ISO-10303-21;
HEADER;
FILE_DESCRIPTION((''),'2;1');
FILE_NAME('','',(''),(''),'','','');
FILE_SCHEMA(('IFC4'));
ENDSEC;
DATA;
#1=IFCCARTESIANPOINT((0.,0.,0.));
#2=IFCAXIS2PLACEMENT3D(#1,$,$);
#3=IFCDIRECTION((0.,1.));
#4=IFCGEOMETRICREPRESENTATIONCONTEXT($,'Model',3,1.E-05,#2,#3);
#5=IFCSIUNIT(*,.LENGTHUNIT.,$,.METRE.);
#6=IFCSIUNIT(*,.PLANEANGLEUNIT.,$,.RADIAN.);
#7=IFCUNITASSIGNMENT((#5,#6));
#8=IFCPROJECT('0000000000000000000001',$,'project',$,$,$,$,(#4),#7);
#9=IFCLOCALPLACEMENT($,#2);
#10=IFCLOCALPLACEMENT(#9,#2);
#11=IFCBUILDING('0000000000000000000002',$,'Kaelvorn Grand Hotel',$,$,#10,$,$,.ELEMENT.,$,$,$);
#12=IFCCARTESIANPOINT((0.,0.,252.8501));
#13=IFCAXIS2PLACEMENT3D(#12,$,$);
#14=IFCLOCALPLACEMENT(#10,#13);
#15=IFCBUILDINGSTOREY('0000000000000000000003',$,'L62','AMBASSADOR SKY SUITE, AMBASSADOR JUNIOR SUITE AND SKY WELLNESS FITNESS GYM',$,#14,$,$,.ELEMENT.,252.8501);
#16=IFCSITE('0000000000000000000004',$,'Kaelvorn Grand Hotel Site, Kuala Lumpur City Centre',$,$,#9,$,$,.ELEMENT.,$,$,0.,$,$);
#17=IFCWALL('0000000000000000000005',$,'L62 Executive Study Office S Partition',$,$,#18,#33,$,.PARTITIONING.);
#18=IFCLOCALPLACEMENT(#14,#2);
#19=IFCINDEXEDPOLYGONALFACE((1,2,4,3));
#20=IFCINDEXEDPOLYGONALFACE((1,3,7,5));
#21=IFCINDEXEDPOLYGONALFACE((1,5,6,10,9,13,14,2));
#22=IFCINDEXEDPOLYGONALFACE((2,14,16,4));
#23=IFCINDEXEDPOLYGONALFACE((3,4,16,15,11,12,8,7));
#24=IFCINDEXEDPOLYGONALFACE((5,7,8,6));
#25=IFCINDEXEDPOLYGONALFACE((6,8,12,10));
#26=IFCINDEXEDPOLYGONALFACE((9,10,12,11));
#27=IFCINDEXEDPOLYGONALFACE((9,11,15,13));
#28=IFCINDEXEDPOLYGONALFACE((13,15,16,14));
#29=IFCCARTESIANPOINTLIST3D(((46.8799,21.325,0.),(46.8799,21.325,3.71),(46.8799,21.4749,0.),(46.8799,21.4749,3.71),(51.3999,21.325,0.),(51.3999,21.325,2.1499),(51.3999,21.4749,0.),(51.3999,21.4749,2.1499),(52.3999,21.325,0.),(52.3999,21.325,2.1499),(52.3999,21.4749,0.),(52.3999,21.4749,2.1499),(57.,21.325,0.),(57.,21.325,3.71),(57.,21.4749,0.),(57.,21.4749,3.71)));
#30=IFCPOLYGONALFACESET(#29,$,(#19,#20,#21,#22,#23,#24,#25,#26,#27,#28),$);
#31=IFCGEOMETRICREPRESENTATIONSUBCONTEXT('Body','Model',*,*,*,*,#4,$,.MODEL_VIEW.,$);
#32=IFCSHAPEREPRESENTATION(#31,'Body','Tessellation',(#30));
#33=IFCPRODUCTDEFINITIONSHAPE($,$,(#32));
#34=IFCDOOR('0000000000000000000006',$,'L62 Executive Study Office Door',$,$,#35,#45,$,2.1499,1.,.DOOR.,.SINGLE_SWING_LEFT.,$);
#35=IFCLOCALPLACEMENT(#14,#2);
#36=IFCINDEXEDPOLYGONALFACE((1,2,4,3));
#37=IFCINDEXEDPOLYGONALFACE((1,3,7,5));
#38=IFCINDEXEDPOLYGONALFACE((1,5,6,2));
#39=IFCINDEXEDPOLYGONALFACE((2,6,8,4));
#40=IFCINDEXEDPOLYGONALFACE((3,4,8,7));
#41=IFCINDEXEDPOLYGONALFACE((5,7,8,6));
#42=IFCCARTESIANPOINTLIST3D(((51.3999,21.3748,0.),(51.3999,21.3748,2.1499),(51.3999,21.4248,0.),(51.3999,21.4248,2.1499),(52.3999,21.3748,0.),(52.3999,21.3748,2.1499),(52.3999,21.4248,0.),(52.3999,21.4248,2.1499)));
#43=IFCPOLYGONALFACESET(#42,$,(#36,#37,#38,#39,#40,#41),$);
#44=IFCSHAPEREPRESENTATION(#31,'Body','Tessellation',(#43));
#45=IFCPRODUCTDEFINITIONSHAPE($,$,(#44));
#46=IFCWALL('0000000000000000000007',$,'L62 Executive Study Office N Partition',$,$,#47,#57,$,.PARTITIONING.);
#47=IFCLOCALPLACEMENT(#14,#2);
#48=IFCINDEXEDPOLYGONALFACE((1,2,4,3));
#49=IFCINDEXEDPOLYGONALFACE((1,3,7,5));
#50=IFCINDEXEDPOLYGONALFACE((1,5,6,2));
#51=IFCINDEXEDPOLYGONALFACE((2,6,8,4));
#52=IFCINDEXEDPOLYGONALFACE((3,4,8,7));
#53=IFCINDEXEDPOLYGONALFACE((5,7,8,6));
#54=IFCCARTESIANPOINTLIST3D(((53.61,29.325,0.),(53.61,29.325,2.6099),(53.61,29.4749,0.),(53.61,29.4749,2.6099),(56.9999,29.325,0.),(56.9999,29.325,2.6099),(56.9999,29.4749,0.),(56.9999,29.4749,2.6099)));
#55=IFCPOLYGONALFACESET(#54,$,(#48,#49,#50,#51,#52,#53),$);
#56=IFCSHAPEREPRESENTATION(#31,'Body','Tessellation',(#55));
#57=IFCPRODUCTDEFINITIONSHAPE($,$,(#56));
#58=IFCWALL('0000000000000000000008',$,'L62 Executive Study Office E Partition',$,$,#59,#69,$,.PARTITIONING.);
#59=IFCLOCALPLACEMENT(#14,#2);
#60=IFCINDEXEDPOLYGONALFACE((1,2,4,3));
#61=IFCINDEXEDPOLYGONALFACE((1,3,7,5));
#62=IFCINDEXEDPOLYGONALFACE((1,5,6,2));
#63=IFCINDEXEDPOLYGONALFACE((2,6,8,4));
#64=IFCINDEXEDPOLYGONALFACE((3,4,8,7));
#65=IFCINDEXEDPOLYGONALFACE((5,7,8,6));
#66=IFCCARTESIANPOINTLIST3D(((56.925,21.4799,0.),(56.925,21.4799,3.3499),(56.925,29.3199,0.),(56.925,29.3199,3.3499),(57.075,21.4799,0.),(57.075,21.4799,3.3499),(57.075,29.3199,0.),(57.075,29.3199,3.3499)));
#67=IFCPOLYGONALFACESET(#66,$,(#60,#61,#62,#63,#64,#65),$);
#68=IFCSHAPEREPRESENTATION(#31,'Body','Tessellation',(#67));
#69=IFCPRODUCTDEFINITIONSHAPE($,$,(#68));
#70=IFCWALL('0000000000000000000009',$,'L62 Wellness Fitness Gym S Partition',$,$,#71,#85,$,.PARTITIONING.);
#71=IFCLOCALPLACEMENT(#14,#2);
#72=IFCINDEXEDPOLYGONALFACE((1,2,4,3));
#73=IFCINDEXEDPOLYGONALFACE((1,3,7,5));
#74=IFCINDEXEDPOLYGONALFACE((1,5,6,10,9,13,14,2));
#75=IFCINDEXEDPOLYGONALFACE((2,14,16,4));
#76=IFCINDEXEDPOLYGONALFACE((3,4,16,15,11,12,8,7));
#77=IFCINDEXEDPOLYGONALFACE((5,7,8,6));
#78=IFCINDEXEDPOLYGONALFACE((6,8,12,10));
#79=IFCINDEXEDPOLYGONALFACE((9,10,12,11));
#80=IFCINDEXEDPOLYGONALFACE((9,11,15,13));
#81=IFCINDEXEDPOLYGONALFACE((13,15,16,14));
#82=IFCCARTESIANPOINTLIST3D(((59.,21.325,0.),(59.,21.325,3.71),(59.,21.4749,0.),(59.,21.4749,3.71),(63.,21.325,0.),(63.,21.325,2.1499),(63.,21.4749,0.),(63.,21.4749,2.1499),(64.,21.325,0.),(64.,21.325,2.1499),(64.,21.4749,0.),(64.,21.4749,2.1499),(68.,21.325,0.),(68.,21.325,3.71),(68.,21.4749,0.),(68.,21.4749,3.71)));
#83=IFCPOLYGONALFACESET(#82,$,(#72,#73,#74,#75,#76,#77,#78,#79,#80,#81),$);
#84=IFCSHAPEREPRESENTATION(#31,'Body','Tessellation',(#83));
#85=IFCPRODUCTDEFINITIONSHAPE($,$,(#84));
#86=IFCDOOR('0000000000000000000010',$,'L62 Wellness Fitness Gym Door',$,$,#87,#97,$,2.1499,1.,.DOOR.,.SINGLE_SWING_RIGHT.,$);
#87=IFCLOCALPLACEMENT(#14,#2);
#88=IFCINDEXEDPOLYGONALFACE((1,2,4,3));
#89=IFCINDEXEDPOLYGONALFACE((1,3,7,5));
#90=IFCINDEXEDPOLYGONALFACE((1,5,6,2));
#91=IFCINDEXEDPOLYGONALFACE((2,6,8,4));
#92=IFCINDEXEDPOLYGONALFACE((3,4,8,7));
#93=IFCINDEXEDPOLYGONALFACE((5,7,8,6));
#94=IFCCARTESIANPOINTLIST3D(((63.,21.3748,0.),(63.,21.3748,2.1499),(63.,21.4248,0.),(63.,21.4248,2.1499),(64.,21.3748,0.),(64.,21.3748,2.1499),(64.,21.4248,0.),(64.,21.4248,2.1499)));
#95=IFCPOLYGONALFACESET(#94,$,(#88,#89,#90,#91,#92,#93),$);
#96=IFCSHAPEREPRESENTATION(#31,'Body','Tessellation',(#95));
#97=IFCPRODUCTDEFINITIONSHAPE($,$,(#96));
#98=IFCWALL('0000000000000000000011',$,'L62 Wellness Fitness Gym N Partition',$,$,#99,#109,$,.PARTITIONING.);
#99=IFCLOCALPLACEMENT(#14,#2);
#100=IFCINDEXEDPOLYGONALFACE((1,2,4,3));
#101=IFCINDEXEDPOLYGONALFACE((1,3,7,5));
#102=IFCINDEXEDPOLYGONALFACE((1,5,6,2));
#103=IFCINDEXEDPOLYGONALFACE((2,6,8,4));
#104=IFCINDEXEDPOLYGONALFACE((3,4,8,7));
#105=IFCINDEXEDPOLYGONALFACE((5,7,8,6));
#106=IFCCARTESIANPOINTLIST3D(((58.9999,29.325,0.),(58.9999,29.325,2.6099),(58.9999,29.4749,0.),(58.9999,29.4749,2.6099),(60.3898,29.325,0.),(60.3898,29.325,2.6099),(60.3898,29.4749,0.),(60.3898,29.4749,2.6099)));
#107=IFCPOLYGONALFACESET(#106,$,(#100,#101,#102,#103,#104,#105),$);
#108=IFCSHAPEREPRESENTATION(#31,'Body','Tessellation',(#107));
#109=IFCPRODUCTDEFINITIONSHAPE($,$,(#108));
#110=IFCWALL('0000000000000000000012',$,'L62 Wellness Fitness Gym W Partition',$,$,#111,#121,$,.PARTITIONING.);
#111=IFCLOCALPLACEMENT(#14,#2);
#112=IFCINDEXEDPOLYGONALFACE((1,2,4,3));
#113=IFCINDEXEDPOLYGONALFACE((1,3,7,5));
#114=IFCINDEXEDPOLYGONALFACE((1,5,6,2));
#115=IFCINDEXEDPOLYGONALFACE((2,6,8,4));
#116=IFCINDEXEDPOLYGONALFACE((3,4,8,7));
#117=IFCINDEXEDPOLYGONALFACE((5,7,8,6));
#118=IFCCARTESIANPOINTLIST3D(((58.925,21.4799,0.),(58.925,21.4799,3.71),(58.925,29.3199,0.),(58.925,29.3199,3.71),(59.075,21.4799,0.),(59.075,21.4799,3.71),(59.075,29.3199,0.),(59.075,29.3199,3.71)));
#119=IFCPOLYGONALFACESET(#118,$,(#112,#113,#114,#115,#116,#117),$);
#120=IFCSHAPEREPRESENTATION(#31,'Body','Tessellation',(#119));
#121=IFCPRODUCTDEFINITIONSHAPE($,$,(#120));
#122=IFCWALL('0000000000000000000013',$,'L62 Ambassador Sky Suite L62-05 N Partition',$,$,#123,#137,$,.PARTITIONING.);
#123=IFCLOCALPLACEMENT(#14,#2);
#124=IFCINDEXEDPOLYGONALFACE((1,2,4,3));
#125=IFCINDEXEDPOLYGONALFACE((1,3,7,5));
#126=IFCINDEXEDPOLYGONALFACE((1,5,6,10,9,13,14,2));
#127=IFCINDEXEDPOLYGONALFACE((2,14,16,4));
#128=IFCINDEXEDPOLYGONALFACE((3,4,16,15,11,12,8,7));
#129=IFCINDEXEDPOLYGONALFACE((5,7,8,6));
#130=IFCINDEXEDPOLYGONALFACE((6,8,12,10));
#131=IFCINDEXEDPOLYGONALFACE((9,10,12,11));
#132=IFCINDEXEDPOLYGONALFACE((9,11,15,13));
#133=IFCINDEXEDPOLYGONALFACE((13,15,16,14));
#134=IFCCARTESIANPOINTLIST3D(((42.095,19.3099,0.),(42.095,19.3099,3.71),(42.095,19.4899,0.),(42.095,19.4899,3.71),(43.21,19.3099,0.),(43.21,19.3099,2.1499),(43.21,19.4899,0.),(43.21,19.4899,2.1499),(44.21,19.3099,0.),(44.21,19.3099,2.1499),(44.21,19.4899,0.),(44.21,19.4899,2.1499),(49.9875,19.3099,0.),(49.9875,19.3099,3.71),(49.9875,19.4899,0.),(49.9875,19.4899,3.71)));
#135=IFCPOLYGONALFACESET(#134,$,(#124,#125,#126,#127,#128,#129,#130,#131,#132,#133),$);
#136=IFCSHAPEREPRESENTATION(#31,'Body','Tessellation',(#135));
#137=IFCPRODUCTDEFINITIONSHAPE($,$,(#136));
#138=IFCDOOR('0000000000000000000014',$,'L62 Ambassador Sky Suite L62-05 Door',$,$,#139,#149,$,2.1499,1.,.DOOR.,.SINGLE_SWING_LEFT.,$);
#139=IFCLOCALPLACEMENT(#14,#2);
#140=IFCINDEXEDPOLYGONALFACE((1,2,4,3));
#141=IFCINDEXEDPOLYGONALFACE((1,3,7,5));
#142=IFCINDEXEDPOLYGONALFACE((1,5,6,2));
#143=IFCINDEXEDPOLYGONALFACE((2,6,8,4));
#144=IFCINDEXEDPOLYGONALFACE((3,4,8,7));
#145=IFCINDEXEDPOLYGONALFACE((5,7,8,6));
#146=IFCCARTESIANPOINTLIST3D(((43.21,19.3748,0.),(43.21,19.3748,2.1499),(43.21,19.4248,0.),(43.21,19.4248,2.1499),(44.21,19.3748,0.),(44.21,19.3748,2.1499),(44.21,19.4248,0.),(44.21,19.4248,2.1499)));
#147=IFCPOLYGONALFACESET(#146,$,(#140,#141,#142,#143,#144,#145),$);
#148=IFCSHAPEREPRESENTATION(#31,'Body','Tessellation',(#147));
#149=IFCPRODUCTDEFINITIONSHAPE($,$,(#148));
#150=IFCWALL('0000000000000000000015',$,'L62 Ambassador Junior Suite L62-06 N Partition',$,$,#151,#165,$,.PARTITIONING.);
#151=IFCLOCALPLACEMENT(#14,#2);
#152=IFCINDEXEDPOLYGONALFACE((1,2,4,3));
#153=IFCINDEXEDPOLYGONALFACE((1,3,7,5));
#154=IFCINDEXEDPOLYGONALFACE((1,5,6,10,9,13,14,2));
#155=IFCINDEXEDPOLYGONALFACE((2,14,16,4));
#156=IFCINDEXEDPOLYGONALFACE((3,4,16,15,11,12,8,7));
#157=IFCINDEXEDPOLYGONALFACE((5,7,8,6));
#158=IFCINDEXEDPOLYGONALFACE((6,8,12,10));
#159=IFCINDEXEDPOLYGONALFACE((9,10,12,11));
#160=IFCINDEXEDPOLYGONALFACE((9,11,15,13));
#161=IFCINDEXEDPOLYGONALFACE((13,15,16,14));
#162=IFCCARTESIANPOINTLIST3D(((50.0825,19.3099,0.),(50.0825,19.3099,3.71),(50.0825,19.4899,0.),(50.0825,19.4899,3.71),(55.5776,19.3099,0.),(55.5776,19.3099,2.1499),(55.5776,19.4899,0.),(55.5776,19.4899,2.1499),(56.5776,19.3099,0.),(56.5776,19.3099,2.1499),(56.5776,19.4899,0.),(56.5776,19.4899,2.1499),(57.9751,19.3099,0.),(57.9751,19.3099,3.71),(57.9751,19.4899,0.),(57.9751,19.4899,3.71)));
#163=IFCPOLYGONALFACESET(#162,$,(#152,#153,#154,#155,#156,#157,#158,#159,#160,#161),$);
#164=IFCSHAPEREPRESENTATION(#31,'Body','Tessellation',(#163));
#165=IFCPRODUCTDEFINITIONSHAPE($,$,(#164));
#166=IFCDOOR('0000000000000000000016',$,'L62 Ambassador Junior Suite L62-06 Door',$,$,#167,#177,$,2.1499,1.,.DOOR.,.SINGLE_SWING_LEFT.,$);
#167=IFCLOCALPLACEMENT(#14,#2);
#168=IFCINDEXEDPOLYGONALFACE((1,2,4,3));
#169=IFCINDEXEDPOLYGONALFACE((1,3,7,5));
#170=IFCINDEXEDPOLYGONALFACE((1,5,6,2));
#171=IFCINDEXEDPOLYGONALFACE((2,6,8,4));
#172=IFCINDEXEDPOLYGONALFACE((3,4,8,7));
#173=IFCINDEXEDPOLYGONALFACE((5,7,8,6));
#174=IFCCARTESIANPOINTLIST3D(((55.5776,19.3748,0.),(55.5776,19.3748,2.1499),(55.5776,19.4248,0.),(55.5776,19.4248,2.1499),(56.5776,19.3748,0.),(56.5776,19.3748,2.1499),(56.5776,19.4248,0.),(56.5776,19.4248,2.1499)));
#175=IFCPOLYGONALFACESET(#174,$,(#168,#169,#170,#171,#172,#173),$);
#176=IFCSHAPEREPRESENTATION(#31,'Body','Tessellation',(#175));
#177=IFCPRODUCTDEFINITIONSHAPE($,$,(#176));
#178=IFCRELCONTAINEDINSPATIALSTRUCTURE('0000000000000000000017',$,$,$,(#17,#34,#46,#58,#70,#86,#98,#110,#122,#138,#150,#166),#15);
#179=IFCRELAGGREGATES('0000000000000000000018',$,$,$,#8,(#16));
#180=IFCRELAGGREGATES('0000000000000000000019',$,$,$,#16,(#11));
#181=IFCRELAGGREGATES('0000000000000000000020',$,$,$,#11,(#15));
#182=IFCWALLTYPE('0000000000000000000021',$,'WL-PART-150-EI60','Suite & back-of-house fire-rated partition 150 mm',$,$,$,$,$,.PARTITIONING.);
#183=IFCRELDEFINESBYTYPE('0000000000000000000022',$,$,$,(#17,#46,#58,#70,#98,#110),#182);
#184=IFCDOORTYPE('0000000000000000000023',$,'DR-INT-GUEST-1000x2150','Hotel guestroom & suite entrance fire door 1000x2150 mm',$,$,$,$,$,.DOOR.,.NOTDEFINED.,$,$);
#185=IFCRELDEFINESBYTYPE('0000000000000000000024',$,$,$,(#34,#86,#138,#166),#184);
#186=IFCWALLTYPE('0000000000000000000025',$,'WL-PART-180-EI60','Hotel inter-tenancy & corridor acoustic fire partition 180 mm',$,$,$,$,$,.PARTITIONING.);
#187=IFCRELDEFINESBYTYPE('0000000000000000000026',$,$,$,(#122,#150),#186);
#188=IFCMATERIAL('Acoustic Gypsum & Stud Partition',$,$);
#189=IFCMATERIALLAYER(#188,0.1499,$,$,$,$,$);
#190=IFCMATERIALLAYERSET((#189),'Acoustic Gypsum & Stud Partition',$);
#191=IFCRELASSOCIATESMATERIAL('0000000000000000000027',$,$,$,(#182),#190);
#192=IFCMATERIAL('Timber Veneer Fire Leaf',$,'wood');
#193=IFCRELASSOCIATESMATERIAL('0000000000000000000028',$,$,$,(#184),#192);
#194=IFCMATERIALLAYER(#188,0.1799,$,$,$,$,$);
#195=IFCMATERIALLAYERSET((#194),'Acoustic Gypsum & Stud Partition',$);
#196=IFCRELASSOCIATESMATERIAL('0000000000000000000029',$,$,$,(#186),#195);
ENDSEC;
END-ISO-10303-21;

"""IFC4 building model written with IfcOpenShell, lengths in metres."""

from ifc_helpers import new_model, si_unit, direction, frame, frame_2d, origin, place, context, subcontext, project, spatial, rectangle, extrude, material, layer, layer_set, type_object, element, fill, save


model = new_model("IFC4")

# Units and contexts
model_context = context("Model", 3, precision=1e-05, world=origin(), true_north=direction((0.0, 1.0)))
body_context = subcontext(model_context, "Body", "Model", "MODEL_VIEW")
ifc_project = project(units=[si_unit("LENGTHUNIT", "METRE"), si_unit("PLANEANGLEUNIT", "RADIAN")], contexts=[model_context])

# Site, building, storey
site_placement = place(None, origin())
site = spatial("IfcSite", under=ifc_project, at=site_placement, Name="Kaelvorn Grand Hotel Site, Kuala Lumpur City Centre", CompositionType="ELEMENT", RefElevation=0.0)
building_placement = place(site_placement, origin())
building = spatial("IfcBuilding", under=site, at=building_placement, Name="Kaelvorn Grand Hotel", CompositionType="ELEMENT")
storey_placement = place(building_placement, frame((0.0, 0.0, 252.8501)))
storey = spatial("IfcBuildingStorey", under=building, at=storey_placement, Name="L62", Description="AMBASSADOR SKY SUITE, AMBASSADOR JUNIOR SUITE AND SKY WELLNESS FITNESS GYM", CompositionType="ELEMENT", Elevation=252.8501)

# Shared definitions
ifc_material_1 = material(Name="Acoustic Gypsum & Stud Partition")
ifc_layer_1 = layer(ifc_material_1, 0.1499)
ifc_layer_set_1 = layer_set([ifc_layer_1], Name="Acoustic Gypsum & Stud Partition")
wall_type_1 = type_object("IfcWallType", Name="WL-PART-150-EI60", Description="Suite & back-of-house fire-rated partition 150 mm", PredefinedType="PARTITIONING", material=ifc_layer_set_1)

# Wall, opening, door
wall_1_placement = place(storey_placement, frame((46.8799, 21.3999, 0.0), z_axis=(0.0, 0.0, 1.0), x_axis=(1.0, 0.0, 0.0)))
wall_1 = element("IfcWall", 1, at=wall_1_placement, inside=storey, type_object=wall_type_1, Name="L62 Executive Study Office S Partition", PredefinedType="PARTITIONING", context=body_context, shape_type="SweptSolid", body=[
    extrude(rectangle(XDim=10.1201, YDim=0.1499, at=frame_2d((5.0601, 0.0))), origin(), (0.0, 0.0, 1.0), 3.71),
])
opening_1_placement = place(wall_1_placement, frame((4.52, 0.0, 0.0)))
opening_1 = element("IfcOpeningElement", 2, at=opening_1_placement, cuts=wall_1, PredefinedType="OPENING", context=body_context, shape_type="SweptSolid", body=[
    extrude(rectangle(XDim=1.0, YDim=2.1499, at=frame_2d((0.5, 1.075))), frame((0.0, 0.085, 0.0), z_axis=(0.0, -1.0, 0.0), x_axis=(1.0, 0.0, 0.0)), (0.0, 0.0, 1.0), 0.1699),
])
ifc_material_2 = material(Name="Timber Veneer Fire Leaf", Category="wood")
door_type_1 = type_object("IfcDoorType", Name="DR-INT-GUEST-1000x2150", Description="Hotel guestroom & suite entrance fire door 1000x2150 mm", OperationType="NOTDEFINED", PredefinedType="DOOR", material=ifc_material_2)
door_1_placement = place(opening_1_placement, origin())
door_1 = element("IfcDoor", 3, at=door_1_placement, inside=storey, type_object=door_type_1, Name="L62 Executive Study Office Door", OperationType="SINGLE_SWING_LEFT", OverallHeight=2.1499, OverallWidth=1.0, PredefinedType="DOOR", context=body_context, shape_type="SweptSolid", body=[
    extrude(rectangle(XDim=1.0, YDim=2.1499, at=frame_2d((0.5, 1.075))), frame((0.0, 0.0249, 0.0), z_axis=(0.0, -1.0, 0.0), x_axis=(1.0, 0.0, 0.0)), (0.0, 0.0, 1.0), 0.05),
])
fill(opening_1, door_1)

# Walls
wall_2_placement = place(storey_placement, frame((53.6101, 29.3999, 0.0), z_axis=(0.0, 0.0, 1.0), x_axis=(1.0, 0.0, 0.0)))
element("IfcWall", 4, at=wall_2_placement, inside=storey, type_object=wall_type_1, Name="L62 Executive Study Office N Partition", PredefinedType="PARTITIONING", context=body_context, shape_type="SweptSolid", body=[
    extrude(rectangle(XDim=3.3899, YDim=0.1499, at=frame_2d((1.6948, 0.0))), origin(), (0.0, 0.0, 1.0), 2.6099),
])
wall_3_placement = place(storey_placement, frame((57.0, 21.48, 0.0), z_axis=(0.0, 0.0, 1.0), x_axis=(0.0, 1.0, 0.0)))
element("IfcWall", 5, at=wall_3_placement, inside=storey, type_object=wall_type_1, Name="L62 Executive Study Office E Partition", PredefinedType="PARTITIONING", context=body_context, shape_type="SweptSolid", body=[
    extrude(rectangle(XDim=7.8401, YDim=0.1499, at=frame_2d((3.9199, 0.0))), origin(), (0.0, 0.0, 1.0), 3.3499),
])

# Wall, opening, door
wall_4_placement = place(storey_placement, frame((59.0, 21.3999, 0.0), z_axis=(0.0, 0.0, 1.0), x_axis=(1.0, 0.0, 0.0)))
wall_4 = element("IfcWall", 6, at=wall_4_placement, inside=storey, type_object=wall_type_1, Name="L62 Wellness Fitness Gym S Partition", PredefinedType="PARTITIONING", context=body_context, shape_type="SweptSolid", body=[
    extrude(rectangle(XDim=9.0, YDim=0.1499, at=frame_2d((4.5, 0.0))), origin(), (0.0, 0.0, 1.0), 3.71),
])
opening_2_placement = place(wall_4_placement, frame((4.0, 0.0, 0.0)))
opening_2 = element("IfcOpeningElement", 7, at=opening_2_placement, cuts=wall_4, PredefinedType="OPENING", context=body_context, shape_type="SweptSolid", body=[
    extrude(rectangle(XDim=1.0, YDim=2.1499, at=frame_2d((0.5, 1.075))), frame((0.0, 0.085, 0.0), z_axis=(0.0, -1.0, 0.0), x_axis=(1.0, 0.0, 0.0)), (0.0, 0.0, 1.0), 0.1699),
])
door_2_placement = place(opening_2_placement, origin())
door_2 = element("IfcDoor", 8, at=door_2_placement, inside=storey, type_object=door_type_1, Name="L62 Wellness Fitness Gym Door", OperationType="SINGLE_SWING_RIGHT", OverallHeight=2.1499, OverallWidth=1.0, PredefinedType="DOOR", context=body_context, shape_type="SweptSolid", body=[
    extrude(rectangle(XDim=1.0, YDim=2.1499, at=frame_2d((0.5, 1.075))), frame((0.0, 0.0249, 0.0), z_axis=(0.0, -1.0, 0.0), x_axis=(1.0, 0.0, 0.0)), (0.0, 0.0, 1.0), 0.05),
])
fill(opening_2, door_2)

# Walls
wall_5_placement = place(storey_placement, frame((59.0, 29.3999, 0.0), z_axis=(0.0, 0.0, 1.0), x_axis=(1.0, 0.0, 0.0)))
element("IfcWall", 9, at=wall_5_placement, inside=storey, type_object=wall_type_1, Name="L62 Wellness Fitness Gym N Partition", PredefinedType="PARTITIONING", context=body_context, shape_type="SweptSolid", body=[
    extrude(rectangle(XDim=1.3899, YDim=0.1499, at=frame_2d((0.6948, 0.0))), origin(), (0.0, 0.0, 1.0), 2.6099),
])
wall_6_placement = place(storey_placement, frame((59.0, 21.48, 0.0), z_axis=(0.0, 0.0, 1.0), x_axis=(0.0, 1.0, 0.0)))
element("IfcWall", 10, at=wall_6_placement, inside=storey, type_object=wall_type_1, Name="L62 Wellness Fitness Gym W Partition", PredefinedType="PARTITIONING", context=body_context, shape_type="SweptSolid", body=[
    extrude(rectangle(XDim=7.8401, YDim=0.1499, at=frame_2d((3.9199, 0.0))), origin(), (0.0, 0.0, 1.0), 3.71),
])

# Walls, openings, doors
ifc_layer_2 = layer(ifc_material_1, 0.1799)
ifc_layer_set_2 = layer_set([ifc_layer_2], Name="Acoustic Gypsum & Stud Partition")
wall_type_2 = type_object("IfcWallType", Name="WL-PART-180-EI60", Description="Hotel inter-tenancy & corridor acoustic fire partition 180 mm", PredefinedType="PARTITIONING", material=ifc_layer_set_2)
wall_7_placement = place(storey_placement, frame((42.095, 19.3999, 0.0), z_axis=(0.0, 0.0, 1.0), x_axis=(1.0, 0.0, 0.0)))
wall_7 = element("IfcWall", 11, at=wall_7_placement, inside=storey, type_object=wall_type_2, Name="L62 Ambassador Sky Suite L62-05 N Partition", PredefinedType="PARTITIONING", context=body_context, shape_type="SweptSolid", body=[
    extrude(rectangle(XDim=7.8926, YDim=0.1799, at=frame_2d((3.9463, 0.0))), origin(), (0.0, 0.0, 1.0), 3.71),
])
opening_3_placement = place(wall_7_placement, frame((1.115, 0.0, 0.0)))
opening_3 = element("IfcOpeningElement", 12, at=opening_3_placement, cuts=wall_7, PredefinedType="OPENING", context=body_context, shape_type="SweptSolid", body=[
    extrude(rectangle(XDim=1.0, YDim=2.1499, at=frame_2d((0.5, 1.075))), frame((0.0, 0.1001, 0.0), z_axis=(0.0, -1.0, 0.0), x_axis=(1.0, 0.0, 0.0)), (0.0, 0.0, 1.0), 0.2),
])
door_3_placement = place(opening_3_placement, origin())
door_3 = element("IfcDoor", 13, at=door_3_placement, inside=storey, type_object=door_type_1, Name="L62 Ambassador Sky Suite L62-05 Door", OperationType="SINGLE_SWING_LEFT", OverallHeight=2.1499, OverallWidth=1.0, PredefinedType="DOOR", context=body_context, shape_type="SweptSolid", body=[
    extrude(rectangle(XDim=1.0, YDim=2.1499, at=frame_2d((0.5, 1.075))), frame((0.0, 0.0249, 0.0), z_axis=(0.0, -1.0, 0.0), x_axis=(1.0, 0.0, 0.0)), (0.0, 0.0, 1.0), 0.05),
])
fill(opening_3, door_3)
wall_8_placement = place(storey_placement, frame((50.0825, 19.3999, 0.0), z_axis=(0.0, 0.0, 1.0), x_axis=(1.0, 0.0, 0.0)))
wall_8 = element("IfcWall", 14, at=wall_8_placement, inside=storey, type_object=wall_type_2, Name="L62 Ambassador Junior Suite L62-06 N Partition", PredefinedType="PARTITIONING", context=body_context, shape_type="SweptSolid", body=[
    extrude(rectangle(XDim=7.8926, YDim=0.1799, at=frame_2d((3.9463, 0.0))), origin(), (0.0, 0.0, 1.0), 3.71),
])
opening_4_placement = place(wall_8_placement, frame((5.4951, 0.0, 0.0)))
opening_4 = element("IfcOpeningElement", 15, at=opening_4_placement, cuts=wall_8, PredefinedType="OPENING", context=body_context, shape_type="SweptSolid", body=[
    extrude(rectangle(XDim=1.0, YDim=2.1499, at=frame_2d((0.5, 1.075))), frame((0.0, 0.1001, 0.0), z_axis=(0.0, -1.0, 0.0), x_axis=(1.0, 0.0, 0.0)), (0.0, 0.0, 1.0), 0.2),
])
door_4_placement = place(opening_4_placement, origin())
door_4 = element("IfcDoor", 16, at=door_4_placement, inside=storey, type_object=door_type_1, Name="L62 Ambassador Junior Suite L62-06 Door", OperationType="SINGLE_SWING_LEFT", OverallHeight=2.1499, OverallWidth=1.0, PredefinedType="DOOR", context=body_context, shape_type="SweptSolid", body=[
    extrude(rectangle(XDim=1.0, YDim=2.1499, at=frame_2d((0.5, 1.075))), frame((0.0, 0.0249, 0.0), z_axis=(0.0, -1.0, 0.0), x_axis=(1.0, 0.0, 0.0)), (0.0, 0.0, 1.0), 0.05),
])
fill(opening_4, door_4)

save(model, "model.ifc")
